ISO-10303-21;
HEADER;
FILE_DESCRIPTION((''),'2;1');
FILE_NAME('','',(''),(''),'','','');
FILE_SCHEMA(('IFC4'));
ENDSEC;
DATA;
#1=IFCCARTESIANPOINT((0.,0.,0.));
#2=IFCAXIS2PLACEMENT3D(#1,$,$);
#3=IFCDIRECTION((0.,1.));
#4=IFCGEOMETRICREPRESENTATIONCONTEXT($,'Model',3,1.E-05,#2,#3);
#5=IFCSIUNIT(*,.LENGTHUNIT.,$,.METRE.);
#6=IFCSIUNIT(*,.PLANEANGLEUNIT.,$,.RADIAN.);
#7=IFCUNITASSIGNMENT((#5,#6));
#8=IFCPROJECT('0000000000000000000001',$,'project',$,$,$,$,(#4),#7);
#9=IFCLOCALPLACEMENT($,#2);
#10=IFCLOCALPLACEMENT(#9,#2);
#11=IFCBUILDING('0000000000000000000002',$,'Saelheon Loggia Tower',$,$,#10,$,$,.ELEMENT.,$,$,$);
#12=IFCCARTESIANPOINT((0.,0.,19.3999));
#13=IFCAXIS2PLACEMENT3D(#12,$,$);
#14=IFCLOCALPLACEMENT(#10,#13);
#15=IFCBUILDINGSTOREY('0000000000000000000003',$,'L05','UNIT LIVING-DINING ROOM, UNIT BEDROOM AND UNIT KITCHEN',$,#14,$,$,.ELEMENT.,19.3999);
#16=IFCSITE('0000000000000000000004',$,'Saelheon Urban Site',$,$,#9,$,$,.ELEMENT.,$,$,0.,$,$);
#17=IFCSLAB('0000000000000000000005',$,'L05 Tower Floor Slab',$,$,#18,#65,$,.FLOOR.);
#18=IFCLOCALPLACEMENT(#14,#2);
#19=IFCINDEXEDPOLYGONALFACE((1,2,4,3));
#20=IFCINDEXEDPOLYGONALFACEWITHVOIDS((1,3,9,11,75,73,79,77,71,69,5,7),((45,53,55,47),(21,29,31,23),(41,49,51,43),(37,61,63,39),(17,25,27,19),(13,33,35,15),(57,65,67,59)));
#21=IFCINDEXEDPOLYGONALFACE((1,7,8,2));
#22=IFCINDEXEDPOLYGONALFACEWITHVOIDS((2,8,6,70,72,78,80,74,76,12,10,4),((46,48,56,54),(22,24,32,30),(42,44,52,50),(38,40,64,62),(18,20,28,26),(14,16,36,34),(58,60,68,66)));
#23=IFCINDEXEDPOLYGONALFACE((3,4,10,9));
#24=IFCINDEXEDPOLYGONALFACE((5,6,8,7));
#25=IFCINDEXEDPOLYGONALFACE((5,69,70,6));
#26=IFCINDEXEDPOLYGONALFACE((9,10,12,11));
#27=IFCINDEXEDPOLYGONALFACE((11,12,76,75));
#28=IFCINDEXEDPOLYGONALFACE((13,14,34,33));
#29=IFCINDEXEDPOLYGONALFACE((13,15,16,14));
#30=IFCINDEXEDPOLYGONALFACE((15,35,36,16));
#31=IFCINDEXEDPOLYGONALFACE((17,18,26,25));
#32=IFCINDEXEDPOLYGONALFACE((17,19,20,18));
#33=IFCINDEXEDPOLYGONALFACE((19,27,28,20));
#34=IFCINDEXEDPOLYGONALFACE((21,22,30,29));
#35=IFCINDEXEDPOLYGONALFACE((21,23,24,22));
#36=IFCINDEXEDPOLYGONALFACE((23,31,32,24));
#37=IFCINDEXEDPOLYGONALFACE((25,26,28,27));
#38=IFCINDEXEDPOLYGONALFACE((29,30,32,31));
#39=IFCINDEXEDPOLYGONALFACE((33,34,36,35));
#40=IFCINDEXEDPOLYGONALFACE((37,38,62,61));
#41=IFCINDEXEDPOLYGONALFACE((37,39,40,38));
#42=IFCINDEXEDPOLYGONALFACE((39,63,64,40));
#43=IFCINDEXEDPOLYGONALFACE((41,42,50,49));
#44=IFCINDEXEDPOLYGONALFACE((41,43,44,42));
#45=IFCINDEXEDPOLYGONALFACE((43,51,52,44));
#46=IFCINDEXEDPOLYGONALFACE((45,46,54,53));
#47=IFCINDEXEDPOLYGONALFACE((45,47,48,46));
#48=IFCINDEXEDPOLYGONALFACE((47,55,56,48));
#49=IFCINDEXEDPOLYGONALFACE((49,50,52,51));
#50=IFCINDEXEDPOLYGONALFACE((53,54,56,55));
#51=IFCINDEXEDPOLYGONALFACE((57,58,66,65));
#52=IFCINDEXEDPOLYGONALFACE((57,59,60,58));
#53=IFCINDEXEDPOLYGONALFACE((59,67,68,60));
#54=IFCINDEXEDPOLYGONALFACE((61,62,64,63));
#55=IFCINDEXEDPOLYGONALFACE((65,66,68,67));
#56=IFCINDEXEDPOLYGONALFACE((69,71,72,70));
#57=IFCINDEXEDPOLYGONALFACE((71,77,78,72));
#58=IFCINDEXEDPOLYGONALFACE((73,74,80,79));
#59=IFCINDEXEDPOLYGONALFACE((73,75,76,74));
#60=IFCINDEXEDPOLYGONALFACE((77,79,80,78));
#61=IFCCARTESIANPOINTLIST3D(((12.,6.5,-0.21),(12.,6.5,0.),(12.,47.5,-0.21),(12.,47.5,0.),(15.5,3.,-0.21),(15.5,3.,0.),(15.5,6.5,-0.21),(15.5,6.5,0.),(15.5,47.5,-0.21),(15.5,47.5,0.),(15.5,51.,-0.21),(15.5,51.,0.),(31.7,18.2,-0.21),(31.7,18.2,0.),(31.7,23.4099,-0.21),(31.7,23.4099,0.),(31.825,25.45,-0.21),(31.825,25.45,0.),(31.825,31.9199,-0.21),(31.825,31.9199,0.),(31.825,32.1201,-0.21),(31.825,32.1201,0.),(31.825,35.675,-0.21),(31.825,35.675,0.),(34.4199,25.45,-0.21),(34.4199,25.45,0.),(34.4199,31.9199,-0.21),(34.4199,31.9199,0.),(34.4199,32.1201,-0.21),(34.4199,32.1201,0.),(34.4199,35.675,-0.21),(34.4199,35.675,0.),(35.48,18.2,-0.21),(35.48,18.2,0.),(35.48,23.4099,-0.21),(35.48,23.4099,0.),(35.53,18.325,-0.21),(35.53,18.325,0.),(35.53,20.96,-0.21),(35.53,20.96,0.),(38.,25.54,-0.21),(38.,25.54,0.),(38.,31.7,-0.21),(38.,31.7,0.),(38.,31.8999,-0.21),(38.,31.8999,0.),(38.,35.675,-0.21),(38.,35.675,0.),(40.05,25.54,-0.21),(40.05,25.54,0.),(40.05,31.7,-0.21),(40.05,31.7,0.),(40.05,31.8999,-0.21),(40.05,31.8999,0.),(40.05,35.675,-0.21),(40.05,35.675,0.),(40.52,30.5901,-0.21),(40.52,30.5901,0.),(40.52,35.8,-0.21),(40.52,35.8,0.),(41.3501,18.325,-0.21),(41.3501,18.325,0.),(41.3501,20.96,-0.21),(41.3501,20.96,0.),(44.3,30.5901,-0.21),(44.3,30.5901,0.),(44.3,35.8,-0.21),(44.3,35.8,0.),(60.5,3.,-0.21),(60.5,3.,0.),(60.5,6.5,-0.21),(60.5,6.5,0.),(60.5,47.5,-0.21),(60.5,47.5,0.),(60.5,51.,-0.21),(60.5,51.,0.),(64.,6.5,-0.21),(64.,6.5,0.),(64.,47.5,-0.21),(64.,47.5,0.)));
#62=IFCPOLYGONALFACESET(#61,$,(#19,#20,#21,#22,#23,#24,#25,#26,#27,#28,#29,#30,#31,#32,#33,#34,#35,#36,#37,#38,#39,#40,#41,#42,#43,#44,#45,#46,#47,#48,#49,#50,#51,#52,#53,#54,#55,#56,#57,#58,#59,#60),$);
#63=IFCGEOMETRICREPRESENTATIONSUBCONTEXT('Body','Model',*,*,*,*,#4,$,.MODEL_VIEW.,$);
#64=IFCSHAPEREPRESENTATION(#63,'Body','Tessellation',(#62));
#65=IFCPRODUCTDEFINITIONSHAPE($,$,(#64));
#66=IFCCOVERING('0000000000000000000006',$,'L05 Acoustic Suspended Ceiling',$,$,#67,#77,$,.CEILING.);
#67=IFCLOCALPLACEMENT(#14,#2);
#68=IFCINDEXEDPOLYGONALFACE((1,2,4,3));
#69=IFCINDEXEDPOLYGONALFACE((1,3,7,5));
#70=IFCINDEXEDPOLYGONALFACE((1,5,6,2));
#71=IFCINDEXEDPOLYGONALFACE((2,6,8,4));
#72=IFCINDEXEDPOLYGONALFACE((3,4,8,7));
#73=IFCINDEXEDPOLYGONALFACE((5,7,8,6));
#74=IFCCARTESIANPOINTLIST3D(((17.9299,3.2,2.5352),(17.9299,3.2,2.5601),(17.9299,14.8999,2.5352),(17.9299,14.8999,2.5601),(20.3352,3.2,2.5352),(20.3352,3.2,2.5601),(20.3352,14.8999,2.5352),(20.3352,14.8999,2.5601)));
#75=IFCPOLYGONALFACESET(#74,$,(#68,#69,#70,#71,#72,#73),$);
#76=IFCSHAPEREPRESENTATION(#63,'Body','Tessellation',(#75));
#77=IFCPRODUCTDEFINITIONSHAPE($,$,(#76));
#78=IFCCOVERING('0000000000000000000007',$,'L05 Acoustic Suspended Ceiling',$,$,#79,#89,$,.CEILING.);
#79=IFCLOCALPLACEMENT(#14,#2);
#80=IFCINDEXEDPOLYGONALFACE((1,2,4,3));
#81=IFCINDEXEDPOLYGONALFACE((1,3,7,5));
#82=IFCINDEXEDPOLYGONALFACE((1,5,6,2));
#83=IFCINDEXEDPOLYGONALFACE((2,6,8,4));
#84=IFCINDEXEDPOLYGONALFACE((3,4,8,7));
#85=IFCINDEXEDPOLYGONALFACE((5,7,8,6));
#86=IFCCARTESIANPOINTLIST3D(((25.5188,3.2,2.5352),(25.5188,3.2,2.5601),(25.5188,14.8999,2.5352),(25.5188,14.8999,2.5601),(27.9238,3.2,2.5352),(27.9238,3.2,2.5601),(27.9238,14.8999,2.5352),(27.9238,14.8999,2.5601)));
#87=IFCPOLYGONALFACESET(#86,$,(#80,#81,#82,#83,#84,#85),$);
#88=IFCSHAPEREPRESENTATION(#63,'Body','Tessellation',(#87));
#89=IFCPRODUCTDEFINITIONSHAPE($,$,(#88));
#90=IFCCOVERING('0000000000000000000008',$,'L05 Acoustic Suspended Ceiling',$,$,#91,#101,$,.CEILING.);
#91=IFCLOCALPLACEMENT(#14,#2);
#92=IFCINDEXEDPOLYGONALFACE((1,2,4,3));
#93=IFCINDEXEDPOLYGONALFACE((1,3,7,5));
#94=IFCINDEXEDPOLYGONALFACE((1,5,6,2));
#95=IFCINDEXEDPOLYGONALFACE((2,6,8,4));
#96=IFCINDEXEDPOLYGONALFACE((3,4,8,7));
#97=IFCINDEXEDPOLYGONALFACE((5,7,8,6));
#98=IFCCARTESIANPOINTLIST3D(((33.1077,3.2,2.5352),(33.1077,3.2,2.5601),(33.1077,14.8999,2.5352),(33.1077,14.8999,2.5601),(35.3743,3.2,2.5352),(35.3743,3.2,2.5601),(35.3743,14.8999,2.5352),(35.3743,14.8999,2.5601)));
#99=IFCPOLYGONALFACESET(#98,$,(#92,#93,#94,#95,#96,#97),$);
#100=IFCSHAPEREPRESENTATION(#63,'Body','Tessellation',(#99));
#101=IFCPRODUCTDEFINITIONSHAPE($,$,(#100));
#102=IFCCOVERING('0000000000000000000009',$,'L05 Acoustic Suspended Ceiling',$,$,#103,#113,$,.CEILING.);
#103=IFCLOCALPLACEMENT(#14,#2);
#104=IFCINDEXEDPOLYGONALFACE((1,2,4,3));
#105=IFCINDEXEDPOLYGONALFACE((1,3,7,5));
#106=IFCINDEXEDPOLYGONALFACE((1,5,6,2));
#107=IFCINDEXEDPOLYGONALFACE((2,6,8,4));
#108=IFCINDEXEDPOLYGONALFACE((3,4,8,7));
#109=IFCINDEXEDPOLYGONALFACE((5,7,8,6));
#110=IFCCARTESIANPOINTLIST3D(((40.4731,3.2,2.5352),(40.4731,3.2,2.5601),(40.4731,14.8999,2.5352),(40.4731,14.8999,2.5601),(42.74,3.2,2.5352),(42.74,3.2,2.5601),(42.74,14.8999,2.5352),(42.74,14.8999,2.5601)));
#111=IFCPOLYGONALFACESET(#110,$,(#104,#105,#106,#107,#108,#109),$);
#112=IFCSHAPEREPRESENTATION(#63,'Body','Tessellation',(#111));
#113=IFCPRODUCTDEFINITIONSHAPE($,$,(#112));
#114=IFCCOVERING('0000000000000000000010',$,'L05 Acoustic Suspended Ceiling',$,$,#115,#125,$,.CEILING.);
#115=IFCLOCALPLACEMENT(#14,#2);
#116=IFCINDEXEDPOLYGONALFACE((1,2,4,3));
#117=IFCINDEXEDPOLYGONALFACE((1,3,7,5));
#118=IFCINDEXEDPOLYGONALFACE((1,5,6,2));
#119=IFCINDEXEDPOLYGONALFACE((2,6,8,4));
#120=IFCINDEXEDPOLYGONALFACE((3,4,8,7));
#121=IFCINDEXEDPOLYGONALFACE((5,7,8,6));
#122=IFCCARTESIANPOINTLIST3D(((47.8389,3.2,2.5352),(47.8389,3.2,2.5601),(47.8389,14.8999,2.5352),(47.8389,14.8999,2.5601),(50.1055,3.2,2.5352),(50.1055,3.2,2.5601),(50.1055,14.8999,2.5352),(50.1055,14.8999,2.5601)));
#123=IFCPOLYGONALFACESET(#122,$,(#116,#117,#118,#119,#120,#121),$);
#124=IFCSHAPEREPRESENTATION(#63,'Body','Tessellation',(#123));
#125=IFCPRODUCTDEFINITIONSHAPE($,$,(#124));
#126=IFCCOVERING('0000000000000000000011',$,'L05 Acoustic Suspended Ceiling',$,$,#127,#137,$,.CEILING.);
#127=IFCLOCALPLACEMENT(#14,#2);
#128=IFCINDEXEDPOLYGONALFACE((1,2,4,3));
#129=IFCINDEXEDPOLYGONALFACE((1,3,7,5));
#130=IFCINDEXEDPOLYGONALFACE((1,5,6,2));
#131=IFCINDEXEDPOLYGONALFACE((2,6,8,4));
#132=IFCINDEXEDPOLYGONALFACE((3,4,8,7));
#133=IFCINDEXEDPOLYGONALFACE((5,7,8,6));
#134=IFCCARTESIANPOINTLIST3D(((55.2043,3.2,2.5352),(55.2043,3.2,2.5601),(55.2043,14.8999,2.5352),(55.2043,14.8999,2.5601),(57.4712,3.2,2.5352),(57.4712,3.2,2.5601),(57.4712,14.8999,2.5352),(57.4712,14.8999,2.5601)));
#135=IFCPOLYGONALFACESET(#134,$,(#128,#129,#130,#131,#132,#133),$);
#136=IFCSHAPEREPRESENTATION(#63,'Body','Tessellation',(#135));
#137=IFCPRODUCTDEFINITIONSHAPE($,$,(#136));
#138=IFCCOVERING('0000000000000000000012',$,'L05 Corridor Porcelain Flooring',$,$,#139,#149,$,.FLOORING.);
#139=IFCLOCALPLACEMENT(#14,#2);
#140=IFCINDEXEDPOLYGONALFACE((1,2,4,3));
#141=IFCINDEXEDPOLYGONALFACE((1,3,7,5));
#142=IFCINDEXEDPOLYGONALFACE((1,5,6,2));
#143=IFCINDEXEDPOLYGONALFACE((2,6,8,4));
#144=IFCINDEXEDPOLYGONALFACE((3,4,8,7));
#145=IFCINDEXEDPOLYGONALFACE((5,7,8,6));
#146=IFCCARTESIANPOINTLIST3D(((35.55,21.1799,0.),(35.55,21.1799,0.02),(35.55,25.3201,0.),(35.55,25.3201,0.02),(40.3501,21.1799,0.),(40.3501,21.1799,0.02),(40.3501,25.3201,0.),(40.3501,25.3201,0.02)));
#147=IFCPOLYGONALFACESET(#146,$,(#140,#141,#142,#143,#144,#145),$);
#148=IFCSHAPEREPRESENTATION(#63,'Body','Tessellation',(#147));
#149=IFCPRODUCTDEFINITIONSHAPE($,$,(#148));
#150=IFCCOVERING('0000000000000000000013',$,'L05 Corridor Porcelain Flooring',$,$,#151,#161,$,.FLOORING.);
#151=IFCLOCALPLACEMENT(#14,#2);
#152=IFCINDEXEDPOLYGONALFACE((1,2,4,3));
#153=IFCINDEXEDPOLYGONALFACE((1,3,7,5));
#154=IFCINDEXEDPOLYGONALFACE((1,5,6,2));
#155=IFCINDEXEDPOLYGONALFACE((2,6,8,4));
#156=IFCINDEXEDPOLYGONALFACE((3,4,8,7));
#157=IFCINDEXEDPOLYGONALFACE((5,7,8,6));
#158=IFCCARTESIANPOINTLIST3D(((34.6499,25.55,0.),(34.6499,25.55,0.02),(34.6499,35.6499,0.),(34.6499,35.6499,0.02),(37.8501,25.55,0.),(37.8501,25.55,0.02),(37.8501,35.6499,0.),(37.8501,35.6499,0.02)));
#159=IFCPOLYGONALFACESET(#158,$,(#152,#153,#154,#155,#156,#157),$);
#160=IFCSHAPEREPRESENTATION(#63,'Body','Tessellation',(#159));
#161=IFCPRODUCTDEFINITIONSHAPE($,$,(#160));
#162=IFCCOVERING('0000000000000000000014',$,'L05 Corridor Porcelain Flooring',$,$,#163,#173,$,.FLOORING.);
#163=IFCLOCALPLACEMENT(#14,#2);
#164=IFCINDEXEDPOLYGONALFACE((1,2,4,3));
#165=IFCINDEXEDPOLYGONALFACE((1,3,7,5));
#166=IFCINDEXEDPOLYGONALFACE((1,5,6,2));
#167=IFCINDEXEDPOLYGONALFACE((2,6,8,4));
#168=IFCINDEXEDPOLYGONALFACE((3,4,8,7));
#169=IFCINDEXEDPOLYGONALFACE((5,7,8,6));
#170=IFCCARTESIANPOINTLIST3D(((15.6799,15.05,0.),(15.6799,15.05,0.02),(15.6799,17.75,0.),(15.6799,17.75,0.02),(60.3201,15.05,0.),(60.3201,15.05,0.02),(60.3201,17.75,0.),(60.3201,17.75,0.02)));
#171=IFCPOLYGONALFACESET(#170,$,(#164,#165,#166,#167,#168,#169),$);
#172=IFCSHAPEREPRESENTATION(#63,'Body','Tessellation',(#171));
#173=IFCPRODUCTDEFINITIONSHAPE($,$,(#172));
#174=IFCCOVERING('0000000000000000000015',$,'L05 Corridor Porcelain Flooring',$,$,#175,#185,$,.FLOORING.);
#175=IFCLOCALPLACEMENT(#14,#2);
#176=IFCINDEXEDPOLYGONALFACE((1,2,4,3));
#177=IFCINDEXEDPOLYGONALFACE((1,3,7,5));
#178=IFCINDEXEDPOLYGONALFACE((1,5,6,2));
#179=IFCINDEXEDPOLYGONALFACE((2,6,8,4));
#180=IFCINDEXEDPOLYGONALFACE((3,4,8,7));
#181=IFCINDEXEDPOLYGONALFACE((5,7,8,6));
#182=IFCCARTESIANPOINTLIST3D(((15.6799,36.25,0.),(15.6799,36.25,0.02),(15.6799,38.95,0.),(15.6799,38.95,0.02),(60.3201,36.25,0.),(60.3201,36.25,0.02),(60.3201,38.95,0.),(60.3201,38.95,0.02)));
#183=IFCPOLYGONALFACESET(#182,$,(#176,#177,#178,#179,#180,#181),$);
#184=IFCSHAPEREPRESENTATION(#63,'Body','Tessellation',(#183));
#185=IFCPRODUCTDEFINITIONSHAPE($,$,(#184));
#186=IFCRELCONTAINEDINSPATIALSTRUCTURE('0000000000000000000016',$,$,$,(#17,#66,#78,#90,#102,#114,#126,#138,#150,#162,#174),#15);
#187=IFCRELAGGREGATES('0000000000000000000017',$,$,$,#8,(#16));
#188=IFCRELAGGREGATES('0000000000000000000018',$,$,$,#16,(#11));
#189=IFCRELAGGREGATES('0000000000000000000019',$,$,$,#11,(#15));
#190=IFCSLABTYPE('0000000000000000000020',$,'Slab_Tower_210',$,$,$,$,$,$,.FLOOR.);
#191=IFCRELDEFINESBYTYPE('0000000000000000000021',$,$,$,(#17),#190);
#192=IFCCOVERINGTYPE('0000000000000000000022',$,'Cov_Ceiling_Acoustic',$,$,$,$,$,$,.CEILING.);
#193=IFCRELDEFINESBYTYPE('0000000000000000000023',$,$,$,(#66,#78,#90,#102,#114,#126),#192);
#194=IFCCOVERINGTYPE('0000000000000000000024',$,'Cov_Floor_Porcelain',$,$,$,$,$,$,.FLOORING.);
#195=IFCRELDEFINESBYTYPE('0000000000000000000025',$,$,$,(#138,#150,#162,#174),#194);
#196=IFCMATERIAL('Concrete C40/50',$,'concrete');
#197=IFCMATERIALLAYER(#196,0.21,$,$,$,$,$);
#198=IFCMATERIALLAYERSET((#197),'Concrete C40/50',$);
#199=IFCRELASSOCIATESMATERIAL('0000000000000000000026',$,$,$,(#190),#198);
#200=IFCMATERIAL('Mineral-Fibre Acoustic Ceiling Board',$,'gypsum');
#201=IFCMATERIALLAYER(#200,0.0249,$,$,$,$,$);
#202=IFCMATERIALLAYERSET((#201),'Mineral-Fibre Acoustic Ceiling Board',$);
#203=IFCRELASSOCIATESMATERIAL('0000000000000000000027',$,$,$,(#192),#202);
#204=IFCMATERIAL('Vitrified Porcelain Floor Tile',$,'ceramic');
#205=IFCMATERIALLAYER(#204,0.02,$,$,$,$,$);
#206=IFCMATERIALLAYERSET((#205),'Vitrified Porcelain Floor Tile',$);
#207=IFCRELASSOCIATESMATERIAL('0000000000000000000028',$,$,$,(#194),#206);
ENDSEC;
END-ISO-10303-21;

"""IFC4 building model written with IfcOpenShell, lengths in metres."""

from ifc_helpers import new_model, si_unit, direction, frame, origin, place, context, subcontext, project, spatial, polyline, outline, extrude, material, layer, layer_set, type_object, element, save


model = new_model("IFC4")

# Units and contexts
model_context = context("Model", 3, precision=1e-05, world=origin(), true_north=direction((0.0, 1.0)))
body_context = subcontext(model_context, "Body", "Model", "MODEL_VIEW")
ifc_project = project(units=[si_unit("LENGTHUNIT", "METRE"), si_unit("PLANEANGLEUNIT", "RADIAN")], contexts=[model_context])

# Site, building, storey
site_placement = place(None, origin())
site = spatial("IfcSite", under=ifc_project, at=site_placement, Name="Saelheon Urban Site", CompositionType="ELEMENT", RefElevation=0.0)
building_placement = place(site_placement, origin())
building = spatial("IfcBuilding", under=site, at=building_placement, Name="Saelheon Loggia Tower", CompositionType="ELEMENT")
storey_placement = place(building_placement, frame((0.0, 0.0, 19.3999)))
storey = spatial("IfcBuildingStorey", under=building, at=storey_placement, Name="L05", Description="UNIT LIVING-DINING ROOM, UNIT BEDROOM AND UNIT KITCHEN", CompositionType="ELEMENT", Elevation=19.3999)

# Shared definitions
ifc_material_1 = material(Name="Concrete C40/50", Category="concrete")

# Slab
ifc_layer_1 = layer(ifc_material_1, 0.21)
ifc_layer_set_1 = layer_set([ifc_layer_1], Name="Concrete C40/50")
slab_type_1 = type_object("IfcSlabType", Name="Slab_Tower_210", PredefinedType="FLOOR", material=ifc_layer_set_1)
slab_1_placement = place(storey_placement, frame((0.0, 0.0, -0.21)))
element("IfcSlab", 1, at=slab_1_placement, inside=storey, type_object=slab_type_1, Name="L05 Tower Floor Slab", PredefinedType="FLOOR", context=body_context, shape_type="SweptSolid", body=[
    extrude(outline(polyline([(15.5, 3.0), (60.5, 3.0), (60.5, 6.5), (64.0, 6.5), (64.0, 47.5), (60.5, 47.5), (60.5, 51.0), (15.5, 51.0), (15.5, 47.5), (12.0, 47.5), (12.0, 6.5), (15.5, 6.5), (15.5, 3.0)]), holes=[polyline([(31.7, 23.4099), (31.7, 18.2), (35.48, 18.2), (35.48, 23.4099), (31.7, 23.4099)]), polyline([(44.3, 30.5901), (44.3, 35.8), (40.52, 35.8), (40.52, 30.5901), (44.3, 30.5901)]), polyline([(35.53, 18.325), (41.3501, 18.325), (41.3501, 20.96), (35.53, 20.96), (35.53, 18.325)]), polyline([(31.825, 32.1201), (34.4199, 32.1201), (34.4199, 35.675), (31.825, 35.675), (31.825, 32.1201)]), polyline([(38.0, 31.8999), (40.05, 31.8999), (40.05, 35.675), (38.0, 35.675), (38.0, 31.8999)]), polyline([(31.825, 25.45), (34.4199, 25.45), (34.4199, 31.9199), (31.825, 31.9199), (31.825, 25.45)]), polyline([(38.0, 25.54), (40.05, 25.54), (40.05, 31.7), (38.0, 31.7), (38.0, 25.54)])]), origin(), (0.0, 0.0, 1.0), 0.21),
])

# Coverings
ifc_material_2 = material(Name="Mineral-Fibre Acoustic Ceiling Board", Category="gypsum")
ifc_layer_2 = layer(ifc_material_2, 0.0249)
ifc_layer_set_2 = layer_set([ifc_layer_2], Name="Mineral-Fibre Acoustic Ceiling Board")
covering_type_1 = type_object("IfcCoveringType", Name="Cov_Ceiling_Acoustic", PredefinedType="CEILING", material=ifc_layer_set_2)
covering_1_placement = place(storey_placement, frame((0.0, 0.0, 2.5352)))
element("IfcCovering", 2, at=covering_1_placement, inside=storey, type_object=covering_type_1, Name="L05 Acoustic Suspended Ceiling", PredefinedType="CEILING", context=body_context, shape_type="SweptSolid", body=[
    extrude(outline(polyline([(17.9299, 3.2), (20.3352, 3.2), (20.3352, 14.8999), (17.9299, 14.8999), (17.9299, 3.2)])), origin(), (0.0, 0.0, 1.0), 0.0249),
])
covering_2_placement = place(storey_placement, frame((0.0, 0.0, 2.5352)))
element("IfcCovering", 3, at=covering_2_placement, inside=storey, type_object=covering_type_1, Name="L05 Acoustic Suspended Ceiling", PredefinedType="CEILING", context=body_context, shape_type="SweptSolid", body=[
    extrude(outline(polyline([(25.5188, 3.2), (27.9238, 3.2), (27.9238, 14.8999), (25.5188, 14.8999), (25.5188, 3.2)])), origin(), (0.0, 0.0, 1.0), 0.0249),
])
covering_3_placement = place(storey_placement, frame((0.0, 0.0, 2.5352)))
element("IfcCovering", 4, at=covering_3_placement, inside=storey, type_object=covering_type_1, Name="L05 Acoustic Suspended Ceiling", PredefinedType="CEILING", context=body_context, shape_type="SweptSolid", body=[
    extrude(outline(polyline([(33.1077, 3.2), (35.3743, 3.2), (35.3743, 14.8999), (33.1077, 14.8999), (33.1077, 3.2)])), origin(), (0.0, 0.0, 1.0), 0.0249),
])
covering_4_placement = place(storey_placement, frame((0.0, 0.0, 2.5352)))
element("IfcCovering", 5, at=covering_4_placement, inside=storey, type_object=covering_type_1, Name="L05 Acoustic Suspended Ceiling", PredefinedType="CEILING", context=body_context, shape_type="SweptSolid", body=[
    extrude(outline(polyline([(40.4731, 3.2), (42.74, 3.2), (42.74, 14.8999), (40.4731, 14.8999), (40.4731, 3.2)])), origin(), (0.0, 0.0, 1.0), 0.0249),
])
covering_5_placement = place(storey_placement, frame((0.0, 0.0, 2.5352)))
element("IfcCovering", 6, at=covering_5_placement, inside=storey, type_object=covering_type_1, Name="L05 Acoustic Suspended Ceiling", PredefinedType="CEILING", context=body_context, shape_type="SweptSolid", body=[
    extrude(outline(polyline([(47.8389, 3.2), (50.1055, 3.2), (50.1055, 14.8999), (47.8389, 14.8999), (47.8389, 3.2)])), origin(), (0.0, 0.0, 1.0), 0.0249),
])
covering_6_placement = place(storey_placement, frame((0.0, 0.0, 2.5352)))
element("IfcCovering", 7, at=covering_6_placement, inside=storey, type_object=covering_type_1, Name="L05 Acoustic Suspended Ceiling", PredefinedType="CEILING", context=body_context, shape_type="SweptSolid", body=[
    extrude(outline(polyline([(55.2043, 3.2), (57.4712, 3.2), (57.4712, 14.8999), (55.2043, 14.8999), (55.2043, 3.2)])), origin(), (0.0, 0.0, 1.0), 0.0249),
])
ifc_material_3 = material(Name="Vitrified Porcelain Floor Tile", Category="ceramic")
ifc_layer_3 = layer(ifc_material_3, 0.02)
ifc_layer_set_3 = layer_set([ifc_layer_3], Name="Vitrified Porcelain Floor Tile")
covering_type_2 = type_object("IfcCoveringType", Name="Cov_Floor_Porcelain", PredefinedType="FLOORING", material=ifc_layer_set_3)
covering_7_placement = place(storey_placement, origin())
element("IfcCovering", 8, at=covering_7_placement, inside=storey, type_object=covering_type_2, Name="L05 Corridor Porcelain Flooring", PredefinedType="FLOORING", context=body_context, shape_type="SweptSolid", body=[
    extrude(outline(polyline([(35.55, 21.1799), (40.3501, 21.1799), (40.3501, 25.3201), (35.55, 25.3201), (35.55, 21.1799)])), origin(), (0.0, 0.0, 1.0), 0.02),
])
covering_8_placement = place(storey_placement, origin())
element("IfcCovering", 9, at=covering_8_placement, inside=storey, type_object=covering_type_2, Name="L05 Corridor Porcelain Flooring", PredefinedType="FLOORING", context=body_context, shape_type="SweptSolid", body=[
    extrude(outline(polyline([(34.6499, 25.55), (37.8501, 25.55), (37.8501, 35.6499), (34.6499, 35.6499), (34.6499, 25.55)])), origin(), (0.0, 0.0, 1.0), 0.02),
])
covering_9_placement = place(storey_placement, origin())
element("IfcCovering", 10, at=covering_9_placement, inside=storey, type_object=covering_type_2, Name="L05 Corridor Porcelain Flooring", PredefinedType="FLOORING", context=body_context, shape_type="SweptSolid", body=[
    extrude(outline(polyline([(15.6799, 15.05), (60.3201, 15.05), (60.3201, 17.75), (15.6799, 17.75), (15.6799, 15.05)])), origin(), (0.0, 0.0, 1.0), 0.02),
])
covering_10_placement = place(storey_placement, origin())
element("IfcCovering", 11, at=covering_10_placement, inside=storey, type_object=covering_type_2, Name="L05 Corridor Porcelain Flooring", PredefinedType="FLOORING", context=body_context, shape_type="SweptSolid", body=[
    extrude(outline(polyline([(15.6799, 36.25), (60.3201, 36.25), (60.3201, 38.95), (15.6799, 38.95), (15.6799, 36.25)])), origin(), (0.0, 0.0, 1.0), 0.02),
])

save(model, "model.ifc")
